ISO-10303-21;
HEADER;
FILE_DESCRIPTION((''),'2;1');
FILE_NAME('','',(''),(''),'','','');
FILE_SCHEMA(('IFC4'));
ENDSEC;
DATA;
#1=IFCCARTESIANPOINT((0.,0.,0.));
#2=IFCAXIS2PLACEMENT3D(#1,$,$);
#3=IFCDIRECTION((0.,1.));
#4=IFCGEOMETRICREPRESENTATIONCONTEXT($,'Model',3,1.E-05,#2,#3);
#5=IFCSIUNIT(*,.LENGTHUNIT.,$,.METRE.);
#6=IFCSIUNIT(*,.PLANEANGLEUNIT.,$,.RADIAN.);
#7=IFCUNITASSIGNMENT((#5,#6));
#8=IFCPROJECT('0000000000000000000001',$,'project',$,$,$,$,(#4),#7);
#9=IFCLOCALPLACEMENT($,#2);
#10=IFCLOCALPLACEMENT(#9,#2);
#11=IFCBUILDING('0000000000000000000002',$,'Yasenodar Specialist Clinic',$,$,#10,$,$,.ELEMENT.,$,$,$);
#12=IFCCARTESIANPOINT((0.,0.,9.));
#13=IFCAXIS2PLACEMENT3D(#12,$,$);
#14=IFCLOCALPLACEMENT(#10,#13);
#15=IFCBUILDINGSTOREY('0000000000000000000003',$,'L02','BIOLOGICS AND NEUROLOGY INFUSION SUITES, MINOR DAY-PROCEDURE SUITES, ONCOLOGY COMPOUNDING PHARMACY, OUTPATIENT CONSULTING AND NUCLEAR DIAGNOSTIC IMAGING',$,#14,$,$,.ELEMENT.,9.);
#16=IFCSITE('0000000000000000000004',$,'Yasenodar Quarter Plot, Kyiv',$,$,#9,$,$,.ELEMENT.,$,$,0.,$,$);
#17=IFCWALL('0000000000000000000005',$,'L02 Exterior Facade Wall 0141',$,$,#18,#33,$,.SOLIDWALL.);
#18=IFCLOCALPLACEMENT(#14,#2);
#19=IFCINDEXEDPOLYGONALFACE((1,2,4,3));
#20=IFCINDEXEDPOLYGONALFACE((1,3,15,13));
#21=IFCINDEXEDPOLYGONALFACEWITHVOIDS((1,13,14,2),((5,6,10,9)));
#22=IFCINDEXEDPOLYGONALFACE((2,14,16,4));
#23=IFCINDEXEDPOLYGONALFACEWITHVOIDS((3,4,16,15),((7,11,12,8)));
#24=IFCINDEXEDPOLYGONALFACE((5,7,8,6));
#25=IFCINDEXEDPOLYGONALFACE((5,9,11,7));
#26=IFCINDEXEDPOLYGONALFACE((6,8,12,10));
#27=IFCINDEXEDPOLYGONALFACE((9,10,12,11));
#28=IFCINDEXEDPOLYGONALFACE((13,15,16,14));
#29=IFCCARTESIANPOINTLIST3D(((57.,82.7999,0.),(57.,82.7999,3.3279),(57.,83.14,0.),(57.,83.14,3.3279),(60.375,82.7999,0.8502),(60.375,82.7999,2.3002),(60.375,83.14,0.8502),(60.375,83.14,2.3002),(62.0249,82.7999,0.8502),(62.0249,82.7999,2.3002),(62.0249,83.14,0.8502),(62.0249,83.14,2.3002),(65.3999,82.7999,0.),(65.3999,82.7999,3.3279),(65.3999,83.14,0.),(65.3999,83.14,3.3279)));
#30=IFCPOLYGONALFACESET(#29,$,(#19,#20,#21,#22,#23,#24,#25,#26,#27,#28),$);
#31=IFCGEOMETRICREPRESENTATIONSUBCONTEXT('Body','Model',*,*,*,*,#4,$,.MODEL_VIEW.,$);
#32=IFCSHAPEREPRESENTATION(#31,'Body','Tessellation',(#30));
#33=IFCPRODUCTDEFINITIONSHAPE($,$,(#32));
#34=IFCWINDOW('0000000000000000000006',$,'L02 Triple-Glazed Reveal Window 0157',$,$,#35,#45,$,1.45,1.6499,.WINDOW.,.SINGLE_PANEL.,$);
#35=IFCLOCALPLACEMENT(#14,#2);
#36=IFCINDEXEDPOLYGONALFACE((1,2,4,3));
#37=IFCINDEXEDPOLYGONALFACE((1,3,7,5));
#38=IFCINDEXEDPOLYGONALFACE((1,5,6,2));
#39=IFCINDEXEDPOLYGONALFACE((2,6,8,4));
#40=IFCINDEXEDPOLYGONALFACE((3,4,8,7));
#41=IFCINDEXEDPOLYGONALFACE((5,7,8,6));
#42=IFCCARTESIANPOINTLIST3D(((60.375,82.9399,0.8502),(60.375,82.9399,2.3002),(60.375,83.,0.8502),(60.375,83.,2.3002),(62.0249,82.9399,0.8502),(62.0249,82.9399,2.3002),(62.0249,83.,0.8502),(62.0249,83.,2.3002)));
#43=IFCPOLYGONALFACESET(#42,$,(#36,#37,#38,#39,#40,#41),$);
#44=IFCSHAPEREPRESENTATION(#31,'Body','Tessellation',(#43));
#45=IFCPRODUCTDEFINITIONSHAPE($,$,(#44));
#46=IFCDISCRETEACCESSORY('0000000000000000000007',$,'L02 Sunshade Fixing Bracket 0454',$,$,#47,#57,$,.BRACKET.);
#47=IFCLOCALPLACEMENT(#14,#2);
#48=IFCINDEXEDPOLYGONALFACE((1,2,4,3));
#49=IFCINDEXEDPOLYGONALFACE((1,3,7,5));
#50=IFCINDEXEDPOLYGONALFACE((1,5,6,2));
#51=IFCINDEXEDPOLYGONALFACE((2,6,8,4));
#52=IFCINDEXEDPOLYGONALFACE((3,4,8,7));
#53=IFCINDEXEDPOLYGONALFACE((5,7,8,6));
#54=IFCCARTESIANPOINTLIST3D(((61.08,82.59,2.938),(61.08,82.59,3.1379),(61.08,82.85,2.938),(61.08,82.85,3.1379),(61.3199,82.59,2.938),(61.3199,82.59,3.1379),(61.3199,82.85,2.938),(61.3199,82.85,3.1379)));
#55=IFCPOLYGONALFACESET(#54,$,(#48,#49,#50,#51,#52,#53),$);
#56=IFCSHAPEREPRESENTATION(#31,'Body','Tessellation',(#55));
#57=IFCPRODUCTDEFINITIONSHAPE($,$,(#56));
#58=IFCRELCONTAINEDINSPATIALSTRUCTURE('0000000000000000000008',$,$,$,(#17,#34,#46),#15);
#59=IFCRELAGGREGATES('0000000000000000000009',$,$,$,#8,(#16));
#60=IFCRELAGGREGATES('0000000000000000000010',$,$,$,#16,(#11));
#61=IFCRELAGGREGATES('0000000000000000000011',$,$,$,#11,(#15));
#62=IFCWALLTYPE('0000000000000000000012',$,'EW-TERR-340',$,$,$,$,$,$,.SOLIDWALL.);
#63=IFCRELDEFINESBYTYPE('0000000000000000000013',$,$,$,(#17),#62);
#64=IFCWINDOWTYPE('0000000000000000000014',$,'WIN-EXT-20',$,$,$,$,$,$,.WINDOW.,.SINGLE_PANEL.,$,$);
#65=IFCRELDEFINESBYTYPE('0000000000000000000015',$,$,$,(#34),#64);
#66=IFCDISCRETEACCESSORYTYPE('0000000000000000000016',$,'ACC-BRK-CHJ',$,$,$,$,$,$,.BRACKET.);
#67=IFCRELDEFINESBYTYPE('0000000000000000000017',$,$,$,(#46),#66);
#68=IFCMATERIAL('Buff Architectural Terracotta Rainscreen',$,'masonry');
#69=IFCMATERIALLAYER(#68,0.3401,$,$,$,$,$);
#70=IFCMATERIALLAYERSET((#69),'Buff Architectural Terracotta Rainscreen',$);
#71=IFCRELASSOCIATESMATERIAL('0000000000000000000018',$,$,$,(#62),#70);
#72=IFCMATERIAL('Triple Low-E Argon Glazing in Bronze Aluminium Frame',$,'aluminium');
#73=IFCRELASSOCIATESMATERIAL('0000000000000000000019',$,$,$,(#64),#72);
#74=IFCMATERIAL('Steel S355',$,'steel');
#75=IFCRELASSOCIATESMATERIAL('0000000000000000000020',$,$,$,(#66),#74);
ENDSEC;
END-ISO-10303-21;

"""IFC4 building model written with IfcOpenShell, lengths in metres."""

from ifc_helpers import new_model, si_unit, direction, frame, frame_2d, origin, origin_2d, place, context, subcontext, project, spatial, rectangle, extrude, material, layer, layer_set, type_object, element, fill, save


model = new_model("IFC4")

# Units and contexts
model_context = context("Model", 3, precision=1e-05, world=origin(), true_north=direction((0.0, 1.0)))
body_context = subcontext(model_context, "Body", "Model", "MODEL_VIEW")
ifc_project = project(units=[si_unit("LENGTHUNIT", "METRE"), si_unit("PLANEANGLEUNIT", "RADIAN")], contexts=[model_context])

# Site, building, storey
site_placement = place(None, origin())
site = spatial("IfcSite", under=ifc_project, at=site_placement, Name="Yasenodar Quarter Plot, Kyiv", CompositionType="ELEMENT", RefElevation=0.0)
building_placement = place(site_placement, origin())
building = spatial("IfcBuilding", under=site, at=building_placement, Name="Yasenodar Specialist Clinic", CompositionType="ELEMENT")
storey_placement = place(building_placement, frame((0.0, 0.0, 9.0)))
storey = spatial("IfcBuildingStorey", under=building, at=storey_placement, Name="L02", Description="BIOLOGICS AND NEUROLOGY INFUSION SUITES, MINOR DAY-PROCEDURE SUITES, ONCOLOGY COMPOUNDING PHARMACY, OUTPATIENT CONSULTING AND NUCLEAR DIAGNOSTIC IMAGING", CompositionType="ELEMENT", Elevation=9.0)

# Shared definitions
ifc_material_1 = material(Name="Steel S355", Category="steel")

# Wall, opening, window
ifc_material_2 = material(Name="Buff Architectural Terracotta Rainscreen", Category="masonry")
ifc_layer_1 = layer(ifc_material_2, 0.3401)
ifc_layer_set_1 = layer_set([ifc_layer_1], Name="Buff Architectural Terracotta Rainscreen")
wall_type = type_object("IfcWallType", Name="EW-TERR-340", PredefinedType="SOLIDWALL", material=ifc_layer_set_1)
wall_placement = place(storey_placement, frame((65.3999, 82.97, 0.0), z_axis=(0.0, 0.0, 1.0), x_axis=(-1.0, 0.0, 0.0)))
wall = element("IfcWall", 1, at=wall_placement, inside=storey, type_object=wall_type, Name="L02 Exterior Facade Wall 0141", PredefinedType="SOLIDWALL", context=body_context, shape_type="SweptSolid", body=[
    extrude(rectangle(XDim=8.3999, YDim=0.3401, at=frame_2d((4.2, 0.0))), origin(), (0.0, 0.0, 1.0), 3.3279),
])
opening_placement = place(wall_placement, frame((3.375, 0.0, 0.8501)))
opening = element("IfcOpeningElement", 2, at=opening_placement, cuts=wall, PredefinedType="OPENING", context=body_context, shape_type="SweptSolid", body=[
    extrude(rectangle(XDim=1.6499, YDim=1.45, at=frame_2d((0.825, 0.7251))), frame((0.0, 0.1802, 0.0), z_axis=(0.0, -1.0, 0.0), x_axis=(1.0, 0.0, 0.0)), (0.0, 0.0, 1.0), 0.3601),
])
ifc_material_3 = material(Name="Triple Low-E Argon Glazing in Bronze Aluminium Frame", Category="aluminium")
window_type = type_object("IfcWindowType", Name="WIN-EXT-20", PartitioningType="SINGLE_PANEL", PredefinedType="WINDOW", material=ifc_material_3)
window_placement = place(opening_placement, origin())
window = element("IfcWindow", 3, at=window_placement, inside=storey, type_object=window_type, Name="L02 Triple-Glazed Reveal Window 0157", OverallHeight=1.45, OverallWidth=1.6499, PartitioningType="SINGLE_PANEL", PredefinedType="WINDOW", context=body_context, shape_type="SweptSolid", body=[
    extrude(rectangle(XDim=1.6499, YDim=1.45, at=frame_2d((0.825, 0.7251))), frame((0.0, 0.03, 0.0), z_axis=(0.0, -1.0, 0.0), x_axis=(1.0, 0.0, 0.0)), (0.0, 0.0, 1.0), 0.0601),
])
fill(opening, window)

# Discrete accessory
discrete_accessory_type = type_object("IfcDiscreteAccessoryType", Name="ACC-BRK-CHJ", PredefinedType="BRACKET", material=ifc_material_1)
discrete_accessory_placement = place(storey_placement, frame((61.2, 82.72, 2.938), z_axis=(0.0, 0.0, 1.0), x_axis=(-1.0, 0.0, 0.0)))
element("IfcDiscreteAccessory", 4, at=discrete_accessory_placement, inside=storey, type_object=discrete_accessory_type, Name="L02 Sunshade Fixing Bracket 0454", PredefinedType="BRACKET", context=body_context, shape_type="SweptSolid", body=[
    extrude(rectangle(XDim=0.24, YDim=0.26, at=origin_2d()), origin(), (0.0, 0.0, 1.0), 0.2),
])

save(model, "model.ifc")
